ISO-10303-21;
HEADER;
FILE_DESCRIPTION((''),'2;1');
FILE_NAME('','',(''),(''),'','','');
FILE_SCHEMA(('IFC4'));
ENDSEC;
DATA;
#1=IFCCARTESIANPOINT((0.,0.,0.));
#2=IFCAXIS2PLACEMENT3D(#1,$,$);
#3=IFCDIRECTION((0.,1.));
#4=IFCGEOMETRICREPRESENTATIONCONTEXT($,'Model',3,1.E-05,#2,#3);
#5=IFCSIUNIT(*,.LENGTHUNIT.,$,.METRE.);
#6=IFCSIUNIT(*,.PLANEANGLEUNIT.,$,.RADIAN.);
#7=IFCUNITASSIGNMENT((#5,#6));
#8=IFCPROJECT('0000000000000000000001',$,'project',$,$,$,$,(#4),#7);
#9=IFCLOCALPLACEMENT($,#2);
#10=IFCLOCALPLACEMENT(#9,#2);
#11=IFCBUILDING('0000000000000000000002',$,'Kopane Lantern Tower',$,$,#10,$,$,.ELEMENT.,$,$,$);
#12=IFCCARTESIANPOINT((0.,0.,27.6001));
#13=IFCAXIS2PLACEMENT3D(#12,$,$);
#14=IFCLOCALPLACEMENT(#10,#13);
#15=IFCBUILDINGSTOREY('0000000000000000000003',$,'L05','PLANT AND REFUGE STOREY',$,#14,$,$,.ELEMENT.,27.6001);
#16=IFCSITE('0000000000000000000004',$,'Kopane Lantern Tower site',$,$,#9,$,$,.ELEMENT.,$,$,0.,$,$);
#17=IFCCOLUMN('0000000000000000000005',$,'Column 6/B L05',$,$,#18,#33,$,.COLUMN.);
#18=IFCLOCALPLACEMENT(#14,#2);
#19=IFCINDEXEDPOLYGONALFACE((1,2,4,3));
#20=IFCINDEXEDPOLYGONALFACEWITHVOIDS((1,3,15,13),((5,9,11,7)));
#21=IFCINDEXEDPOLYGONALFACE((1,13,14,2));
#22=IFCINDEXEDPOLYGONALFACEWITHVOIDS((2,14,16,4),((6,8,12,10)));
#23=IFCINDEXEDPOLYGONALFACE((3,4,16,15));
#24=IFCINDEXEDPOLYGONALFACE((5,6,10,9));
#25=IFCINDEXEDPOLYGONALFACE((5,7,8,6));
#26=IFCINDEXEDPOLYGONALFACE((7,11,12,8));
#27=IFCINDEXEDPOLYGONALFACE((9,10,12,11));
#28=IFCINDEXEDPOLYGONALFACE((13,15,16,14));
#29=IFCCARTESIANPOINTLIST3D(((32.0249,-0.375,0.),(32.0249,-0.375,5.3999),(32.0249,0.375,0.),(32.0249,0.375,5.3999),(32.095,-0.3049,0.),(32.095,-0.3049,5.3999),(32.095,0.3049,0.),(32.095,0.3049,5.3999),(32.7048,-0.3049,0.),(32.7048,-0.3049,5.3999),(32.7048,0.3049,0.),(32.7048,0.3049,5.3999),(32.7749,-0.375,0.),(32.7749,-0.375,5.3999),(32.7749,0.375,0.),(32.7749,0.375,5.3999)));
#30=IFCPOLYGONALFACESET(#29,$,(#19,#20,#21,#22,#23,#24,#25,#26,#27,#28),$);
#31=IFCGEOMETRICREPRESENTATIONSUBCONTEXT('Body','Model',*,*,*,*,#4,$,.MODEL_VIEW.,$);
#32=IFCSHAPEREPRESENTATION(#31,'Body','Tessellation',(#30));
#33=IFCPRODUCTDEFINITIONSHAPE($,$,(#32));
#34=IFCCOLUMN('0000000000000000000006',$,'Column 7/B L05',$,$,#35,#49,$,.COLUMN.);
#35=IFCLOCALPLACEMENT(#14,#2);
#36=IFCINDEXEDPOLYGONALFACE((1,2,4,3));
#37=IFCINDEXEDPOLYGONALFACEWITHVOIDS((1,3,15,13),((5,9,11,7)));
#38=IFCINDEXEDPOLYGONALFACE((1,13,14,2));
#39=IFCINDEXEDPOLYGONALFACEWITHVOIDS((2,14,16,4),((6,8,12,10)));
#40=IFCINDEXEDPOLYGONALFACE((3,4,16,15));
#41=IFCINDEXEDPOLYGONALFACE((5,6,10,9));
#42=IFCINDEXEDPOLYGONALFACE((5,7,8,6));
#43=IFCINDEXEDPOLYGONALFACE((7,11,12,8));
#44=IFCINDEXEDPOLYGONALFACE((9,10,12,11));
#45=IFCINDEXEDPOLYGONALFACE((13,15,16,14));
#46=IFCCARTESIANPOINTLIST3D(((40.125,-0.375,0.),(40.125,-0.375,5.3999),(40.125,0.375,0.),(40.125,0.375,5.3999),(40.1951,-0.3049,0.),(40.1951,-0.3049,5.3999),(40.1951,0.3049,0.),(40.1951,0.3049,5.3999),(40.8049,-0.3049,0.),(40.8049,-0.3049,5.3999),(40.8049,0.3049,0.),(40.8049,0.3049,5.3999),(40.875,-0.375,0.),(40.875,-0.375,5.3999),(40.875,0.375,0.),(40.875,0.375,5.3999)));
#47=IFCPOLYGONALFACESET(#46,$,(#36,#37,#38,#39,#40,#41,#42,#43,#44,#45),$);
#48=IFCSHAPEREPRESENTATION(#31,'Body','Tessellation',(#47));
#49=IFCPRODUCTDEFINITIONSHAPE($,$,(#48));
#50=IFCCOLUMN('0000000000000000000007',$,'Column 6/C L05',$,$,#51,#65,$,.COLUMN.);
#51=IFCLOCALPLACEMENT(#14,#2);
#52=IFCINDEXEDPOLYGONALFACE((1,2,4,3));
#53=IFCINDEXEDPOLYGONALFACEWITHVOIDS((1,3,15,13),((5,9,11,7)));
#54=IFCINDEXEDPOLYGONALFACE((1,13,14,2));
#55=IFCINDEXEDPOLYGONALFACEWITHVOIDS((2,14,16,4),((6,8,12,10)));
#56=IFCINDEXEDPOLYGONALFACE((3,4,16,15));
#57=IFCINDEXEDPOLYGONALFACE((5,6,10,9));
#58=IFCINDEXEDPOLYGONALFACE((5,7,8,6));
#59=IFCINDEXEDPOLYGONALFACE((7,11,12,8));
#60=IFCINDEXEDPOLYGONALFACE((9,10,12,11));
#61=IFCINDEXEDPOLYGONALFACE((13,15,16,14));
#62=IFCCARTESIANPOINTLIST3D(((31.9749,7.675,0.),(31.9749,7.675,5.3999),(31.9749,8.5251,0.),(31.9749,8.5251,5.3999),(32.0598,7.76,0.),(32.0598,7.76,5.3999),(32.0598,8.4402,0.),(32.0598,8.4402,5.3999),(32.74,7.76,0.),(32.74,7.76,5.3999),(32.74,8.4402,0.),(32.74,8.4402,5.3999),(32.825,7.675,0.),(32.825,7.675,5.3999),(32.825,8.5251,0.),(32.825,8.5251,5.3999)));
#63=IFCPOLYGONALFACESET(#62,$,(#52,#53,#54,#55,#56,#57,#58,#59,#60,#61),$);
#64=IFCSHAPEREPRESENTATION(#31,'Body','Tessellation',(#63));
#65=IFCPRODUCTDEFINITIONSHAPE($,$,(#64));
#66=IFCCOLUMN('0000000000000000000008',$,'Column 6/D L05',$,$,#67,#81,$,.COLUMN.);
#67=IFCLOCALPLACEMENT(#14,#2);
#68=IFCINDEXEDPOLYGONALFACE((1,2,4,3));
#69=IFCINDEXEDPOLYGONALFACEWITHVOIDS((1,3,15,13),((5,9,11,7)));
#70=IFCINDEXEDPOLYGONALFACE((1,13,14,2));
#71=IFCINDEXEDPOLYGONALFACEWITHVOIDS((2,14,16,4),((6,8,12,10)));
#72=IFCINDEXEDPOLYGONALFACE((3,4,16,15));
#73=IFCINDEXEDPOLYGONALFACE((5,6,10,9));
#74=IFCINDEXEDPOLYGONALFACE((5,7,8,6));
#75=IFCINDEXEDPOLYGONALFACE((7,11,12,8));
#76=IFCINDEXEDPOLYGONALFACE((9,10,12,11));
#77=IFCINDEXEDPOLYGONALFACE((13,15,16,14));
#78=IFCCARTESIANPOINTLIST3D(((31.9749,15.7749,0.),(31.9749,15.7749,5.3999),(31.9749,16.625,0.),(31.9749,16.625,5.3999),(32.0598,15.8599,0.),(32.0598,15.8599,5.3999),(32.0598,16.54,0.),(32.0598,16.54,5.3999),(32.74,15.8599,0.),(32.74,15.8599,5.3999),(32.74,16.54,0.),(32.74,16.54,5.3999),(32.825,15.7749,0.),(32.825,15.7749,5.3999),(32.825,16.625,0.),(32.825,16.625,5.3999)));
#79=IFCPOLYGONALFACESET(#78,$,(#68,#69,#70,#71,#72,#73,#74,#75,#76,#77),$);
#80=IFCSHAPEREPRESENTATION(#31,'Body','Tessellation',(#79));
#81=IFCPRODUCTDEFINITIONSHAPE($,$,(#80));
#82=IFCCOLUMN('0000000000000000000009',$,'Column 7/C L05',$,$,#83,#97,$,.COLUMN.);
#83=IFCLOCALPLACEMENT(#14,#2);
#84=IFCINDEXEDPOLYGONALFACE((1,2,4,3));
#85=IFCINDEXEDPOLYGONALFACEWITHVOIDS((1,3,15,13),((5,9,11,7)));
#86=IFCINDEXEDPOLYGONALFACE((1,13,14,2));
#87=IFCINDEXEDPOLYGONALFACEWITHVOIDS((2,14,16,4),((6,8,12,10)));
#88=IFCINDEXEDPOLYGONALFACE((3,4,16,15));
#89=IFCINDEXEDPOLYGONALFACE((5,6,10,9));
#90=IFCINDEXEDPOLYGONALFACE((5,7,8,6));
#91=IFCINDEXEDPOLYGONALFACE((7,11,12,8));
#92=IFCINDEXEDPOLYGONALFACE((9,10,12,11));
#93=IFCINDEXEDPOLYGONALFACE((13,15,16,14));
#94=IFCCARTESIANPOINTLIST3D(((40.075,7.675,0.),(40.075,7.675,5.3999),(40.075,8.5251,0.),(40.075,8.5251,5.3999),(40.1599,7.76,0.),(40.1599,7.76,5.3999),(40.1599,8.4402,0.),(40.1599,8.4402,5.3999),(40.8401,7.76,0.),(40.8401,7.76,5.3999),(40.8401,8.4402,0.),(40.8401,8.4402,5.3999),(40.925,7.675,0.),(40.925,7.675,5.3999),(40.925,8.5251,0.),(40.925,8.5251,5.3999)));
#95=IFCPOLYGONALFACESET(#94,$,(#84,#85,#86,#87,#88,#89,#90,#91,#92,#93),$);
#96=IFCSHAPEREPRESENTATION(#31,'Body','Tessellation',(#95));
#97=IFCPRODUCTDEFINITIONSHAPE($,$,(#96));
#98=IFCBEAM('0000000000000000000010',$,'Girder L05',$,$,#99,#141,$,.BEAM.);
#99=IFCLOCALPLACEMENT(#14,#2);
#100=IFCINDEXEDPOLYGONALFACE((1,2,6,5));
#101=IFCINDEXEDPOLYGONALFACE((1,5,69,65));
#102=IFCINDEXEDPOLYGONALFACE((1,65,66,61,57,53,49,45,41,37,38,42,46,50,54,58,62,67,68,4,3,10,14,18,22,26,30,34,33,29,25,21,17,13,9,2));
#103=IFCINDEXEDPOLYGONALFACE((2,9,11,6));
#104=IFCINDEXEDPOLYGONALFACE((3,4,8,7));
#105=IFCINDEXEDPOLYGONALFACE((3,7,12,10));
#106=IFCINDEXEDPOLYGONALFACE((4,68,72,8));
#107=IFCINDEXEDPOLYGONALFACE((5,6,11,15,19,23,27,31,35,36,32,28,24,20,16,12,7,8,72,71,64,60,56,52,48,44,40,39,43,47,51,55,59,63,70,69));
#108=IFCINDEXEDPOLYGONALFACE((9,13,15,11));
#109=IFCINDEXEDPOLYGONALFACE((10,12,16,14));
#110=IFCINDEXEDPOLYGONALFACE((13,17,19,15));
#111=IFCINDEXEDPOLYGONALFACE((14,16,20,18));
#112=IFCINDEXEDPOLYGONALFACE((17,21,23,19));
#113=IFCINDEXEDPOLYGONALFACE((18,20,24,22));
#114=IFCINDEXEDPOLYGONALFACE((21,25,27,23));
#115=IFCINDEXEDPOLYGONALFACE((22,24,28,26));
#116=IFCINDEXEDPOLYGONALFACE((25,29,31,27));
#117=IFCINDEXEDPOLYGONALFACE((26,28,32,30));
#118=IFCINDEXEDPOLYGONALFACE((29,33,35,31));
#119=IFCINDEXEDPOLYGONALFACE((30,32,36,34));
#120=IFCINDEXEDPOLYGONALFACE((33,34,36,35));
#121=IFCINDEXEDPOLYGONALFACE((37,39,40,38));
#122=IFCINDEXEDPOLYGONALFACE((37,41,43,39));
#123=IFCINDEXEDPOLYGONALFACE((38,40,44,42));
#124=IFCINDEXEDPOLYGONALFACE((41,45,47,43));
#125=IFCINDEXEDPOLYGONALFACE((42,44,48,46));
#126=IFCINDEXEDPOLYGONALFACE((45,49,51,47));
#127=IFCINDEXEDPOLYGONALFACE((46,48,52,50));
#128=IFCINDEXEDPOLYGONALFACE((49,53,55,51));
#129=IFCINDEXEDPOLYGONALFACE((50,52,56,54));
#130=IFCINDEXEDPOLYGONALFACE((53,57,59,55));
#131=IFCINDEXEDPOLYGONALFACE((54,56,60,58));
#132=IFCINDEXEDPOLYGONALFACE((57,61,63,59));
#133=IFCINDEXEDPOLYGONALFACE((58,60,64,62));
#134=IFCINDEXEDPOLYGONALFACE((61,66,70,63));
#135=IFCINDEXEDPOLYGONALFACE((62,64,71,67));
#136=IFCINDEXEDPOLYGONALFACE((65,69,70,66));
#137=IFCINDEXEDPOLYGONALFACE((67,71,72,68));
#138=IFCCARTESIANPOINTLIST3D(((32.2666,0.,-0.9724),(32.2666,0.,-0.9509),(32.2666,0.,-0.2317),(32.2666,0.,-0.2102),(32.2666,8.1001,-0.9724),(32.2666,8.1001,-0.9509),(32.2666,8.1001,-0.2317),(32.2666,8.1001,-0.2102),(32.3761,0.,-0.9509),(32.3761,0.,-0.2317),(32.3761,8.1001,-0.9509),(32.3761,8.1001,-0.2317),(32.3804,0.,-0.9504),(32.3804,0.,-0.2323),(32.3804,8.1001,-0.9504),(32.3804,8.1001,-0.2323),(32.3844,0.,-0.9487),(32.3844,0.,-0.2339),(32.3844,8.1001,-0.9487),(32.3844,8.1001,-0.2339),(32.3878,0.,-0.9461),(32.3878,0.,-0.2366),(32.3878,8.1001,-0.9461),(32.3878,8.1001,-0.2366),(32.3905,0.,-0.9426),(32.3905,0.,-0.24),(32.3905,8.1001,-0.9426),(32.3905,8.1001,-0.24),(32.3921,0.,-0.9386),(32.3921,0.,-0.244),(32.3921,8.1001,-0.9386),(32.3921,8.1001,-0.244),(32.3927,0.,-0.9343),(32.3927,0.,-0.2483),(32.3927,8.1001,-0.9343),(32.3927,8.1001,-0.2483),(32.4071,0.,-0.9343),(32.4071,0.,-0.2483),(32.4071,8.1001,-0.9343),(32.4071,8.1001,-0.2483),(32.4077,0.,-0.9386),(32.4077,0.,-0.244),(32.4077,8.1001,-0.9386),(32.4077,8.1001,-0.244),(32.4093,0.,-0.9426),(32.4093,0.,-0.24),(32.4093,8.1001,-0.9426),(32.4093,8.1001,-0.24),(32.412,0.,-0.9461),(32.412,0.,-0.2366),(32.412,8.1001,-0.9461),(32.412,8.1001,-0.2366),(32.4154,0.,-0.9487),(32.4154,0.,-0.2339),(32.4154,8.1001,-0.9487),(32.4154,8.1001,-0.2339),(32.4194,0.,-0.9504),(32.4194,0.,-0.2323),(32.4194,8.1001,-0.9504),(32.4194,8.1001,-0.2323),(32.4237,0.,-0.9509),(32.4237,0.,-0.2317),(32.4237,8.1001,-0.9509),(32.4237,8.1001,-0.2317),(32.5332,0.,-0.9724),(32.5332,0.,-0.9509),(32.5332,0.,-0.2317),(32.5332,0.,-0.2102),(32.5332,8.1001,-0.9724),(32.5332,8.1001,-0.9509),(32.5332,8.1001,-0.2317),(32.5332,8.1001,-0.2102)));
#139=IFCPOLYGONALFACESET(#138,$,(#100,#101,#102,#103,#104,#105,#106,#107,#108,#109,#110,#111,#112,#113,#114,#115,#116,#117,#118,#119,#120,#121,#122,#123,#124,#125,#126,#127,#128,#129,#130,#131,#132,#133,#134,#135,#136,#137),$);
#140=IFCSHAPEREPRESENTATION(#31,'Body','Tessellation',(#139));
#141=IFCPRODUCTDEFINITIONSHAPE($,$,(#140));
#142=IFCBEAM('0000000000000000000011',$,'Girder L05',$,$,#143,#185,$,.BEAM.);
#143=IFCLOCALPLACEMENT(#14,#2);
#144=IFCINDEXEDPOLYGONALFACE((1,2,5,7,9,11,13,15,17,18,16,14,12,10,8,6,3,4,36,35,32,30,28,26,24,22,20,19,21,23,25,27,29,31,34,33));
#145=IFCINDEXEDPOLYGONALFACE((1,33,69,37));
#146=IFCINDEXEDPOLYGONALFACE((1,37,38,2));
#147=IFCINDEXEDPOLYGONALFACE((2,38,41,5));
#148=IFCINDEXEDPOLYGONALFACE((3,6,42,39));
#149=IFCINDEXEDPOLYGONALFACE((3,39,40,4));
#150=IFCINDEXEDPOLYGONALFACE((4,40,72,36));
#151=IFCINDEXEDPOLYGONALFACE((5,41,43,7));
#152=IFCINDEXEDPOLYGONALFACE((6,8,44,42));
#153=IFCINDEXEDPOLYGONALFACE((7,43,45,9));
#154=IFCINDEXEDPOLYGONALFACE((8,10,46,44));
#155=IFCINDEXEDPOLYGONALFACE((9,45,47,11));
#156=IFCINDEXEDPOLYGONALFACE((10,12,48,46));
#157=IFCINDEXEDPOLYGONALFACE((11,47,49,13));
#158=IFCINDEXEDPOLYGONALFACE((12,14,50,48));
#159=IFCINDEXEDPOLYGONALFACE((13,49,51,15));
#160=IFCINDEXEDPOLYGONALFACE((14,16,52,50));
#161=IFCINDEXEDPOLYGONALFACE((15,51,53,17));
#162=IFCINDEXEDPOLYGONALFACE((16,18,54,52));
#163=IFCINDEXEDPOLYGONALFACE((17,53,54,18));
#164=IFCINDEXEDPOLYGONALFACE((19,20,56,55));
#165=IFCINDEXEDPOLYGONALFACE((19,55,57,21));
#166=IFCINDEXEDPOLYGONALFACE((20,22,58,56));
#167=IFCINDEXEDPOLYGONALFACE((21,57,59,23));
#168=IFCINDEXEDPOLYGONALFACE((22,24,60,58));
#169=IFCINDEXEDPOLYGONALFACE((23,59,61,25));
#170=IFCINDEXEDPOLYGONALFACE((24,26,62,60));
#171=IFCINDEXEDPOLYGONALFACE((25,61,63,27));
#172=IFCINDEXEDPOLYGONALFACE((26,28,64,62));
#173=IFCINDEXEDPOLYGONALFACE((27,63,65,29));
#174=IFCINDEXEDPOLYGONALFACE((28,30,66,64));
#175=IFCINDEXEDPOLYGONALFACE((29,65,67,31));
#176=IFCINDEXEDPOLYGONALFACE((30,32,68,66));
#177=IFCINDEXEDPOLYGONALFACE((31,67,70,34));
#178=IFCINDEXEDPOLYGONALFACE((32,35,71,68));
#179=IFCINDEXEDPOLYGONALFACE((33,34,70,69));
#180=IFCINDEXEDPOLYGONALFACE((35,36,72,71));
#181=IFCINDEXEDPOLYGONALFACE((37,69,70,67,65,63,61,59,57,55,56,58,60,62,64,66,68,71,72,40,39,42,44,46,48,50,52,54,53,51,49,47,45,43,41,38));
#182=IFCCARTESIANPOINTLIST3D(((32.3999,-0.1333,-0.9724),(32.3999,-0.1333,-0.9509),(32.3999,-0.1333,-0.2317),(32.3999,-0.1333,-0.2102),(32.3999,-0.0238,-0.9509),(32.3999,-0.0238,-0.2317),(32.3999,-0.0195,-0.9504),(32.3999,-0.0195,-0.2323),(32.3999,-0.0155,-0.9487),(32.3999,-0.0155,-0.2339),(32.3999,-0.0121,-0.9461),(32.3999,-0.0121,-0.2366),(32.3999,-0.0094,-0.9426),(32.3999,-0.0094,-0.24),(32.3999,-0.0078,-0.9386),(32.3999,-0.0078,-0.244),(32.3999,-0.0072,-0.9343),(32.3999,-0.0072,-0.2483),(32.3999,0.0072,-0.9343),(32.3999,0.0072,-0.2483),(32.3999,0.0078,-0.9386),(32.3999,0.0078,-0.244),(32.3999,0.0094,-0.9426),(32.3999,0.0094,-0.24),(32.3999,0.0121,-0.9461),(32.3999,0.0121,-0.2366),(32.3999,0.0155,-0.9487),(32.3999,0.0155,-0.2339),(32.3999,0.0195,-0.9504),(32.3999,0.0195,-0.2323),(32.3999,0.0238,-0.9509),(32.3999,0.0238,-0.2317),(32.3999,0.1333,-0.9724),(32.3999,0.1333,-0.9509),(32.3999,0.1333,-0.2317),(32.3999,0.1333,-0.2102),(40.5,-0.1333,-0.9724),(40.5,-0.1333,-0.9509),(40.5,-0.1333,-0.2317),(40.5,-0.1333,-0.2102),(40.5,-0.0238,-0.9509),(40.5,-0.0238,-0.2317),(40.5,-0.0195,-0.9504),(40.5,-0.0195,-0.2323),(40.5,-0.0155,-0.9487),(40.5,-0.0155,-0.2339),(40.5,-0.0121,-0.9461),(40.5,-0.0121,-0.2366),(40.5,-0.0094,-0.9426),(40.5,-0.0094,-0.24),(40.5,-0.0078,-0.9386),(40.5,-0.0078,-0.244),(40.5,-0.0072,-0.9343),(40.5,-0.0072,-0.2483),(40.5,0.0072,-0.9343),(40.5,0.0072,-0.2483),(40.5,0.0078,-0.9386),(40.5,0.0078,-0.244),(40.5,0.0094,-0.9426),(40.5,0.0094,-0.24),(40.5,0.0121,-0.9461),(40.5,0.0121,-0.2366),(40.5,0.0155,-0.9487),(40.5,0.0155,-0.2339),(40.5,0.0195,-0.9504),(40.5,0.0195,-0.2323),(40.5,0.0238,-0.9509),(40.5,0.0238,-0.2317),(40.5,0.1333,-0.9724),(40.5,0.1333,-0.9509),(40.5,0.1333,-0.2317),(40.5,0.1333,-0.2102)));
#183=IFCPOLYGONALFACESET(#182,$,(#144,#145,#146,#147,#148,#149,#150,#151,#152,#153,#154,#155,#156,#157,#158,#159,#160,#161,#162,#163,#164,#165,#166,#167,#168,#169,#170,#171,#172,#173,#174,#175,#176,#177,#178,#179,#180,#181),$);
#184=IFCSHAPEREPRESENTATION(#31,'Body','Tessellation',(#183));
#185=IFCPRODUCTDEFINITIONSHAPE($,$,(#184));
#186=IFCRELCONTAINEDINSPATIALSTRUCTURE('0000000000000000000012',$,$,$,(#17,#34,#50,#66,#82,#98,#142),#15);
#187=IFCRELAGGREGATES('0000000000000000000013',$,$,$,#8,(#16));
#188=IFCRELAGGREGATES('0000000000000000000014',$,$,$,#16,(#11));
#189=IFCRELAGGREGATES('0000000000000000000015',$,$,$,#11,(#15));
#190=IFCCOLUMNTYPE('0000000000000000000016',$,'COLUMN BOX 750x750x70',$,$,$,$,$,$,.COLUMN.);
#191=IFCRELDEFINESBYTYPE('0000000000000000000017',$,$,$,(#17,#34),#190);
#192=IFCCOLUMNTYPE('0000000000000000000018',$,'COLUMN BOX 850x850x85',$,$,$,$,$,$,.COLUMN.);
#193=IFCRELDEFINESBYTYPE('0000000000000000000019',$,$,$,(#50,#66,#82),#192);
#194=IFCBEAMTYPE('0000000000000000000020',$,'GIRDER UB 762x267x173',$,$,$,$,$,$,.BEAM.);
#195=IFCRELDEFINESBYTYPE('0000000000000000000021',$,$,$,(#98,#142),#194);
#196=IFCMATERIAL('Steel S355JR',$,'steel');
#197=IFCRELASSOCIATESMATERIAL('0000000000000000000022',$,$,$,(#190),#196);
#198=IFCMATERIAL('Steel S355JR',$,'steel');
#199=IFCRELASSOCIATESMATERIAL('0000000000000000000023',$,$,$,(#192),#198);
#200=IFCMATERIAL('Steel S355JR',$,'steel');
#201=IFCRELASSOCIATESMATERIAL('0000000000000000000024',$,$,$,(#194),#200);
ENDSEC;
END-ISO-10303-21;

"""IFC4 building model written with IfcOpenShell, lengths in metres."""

from ifc_helpers import new_model, si_unit, direction, frame, origin, origin_2d, place, context, subcontext, project, spatial, hollow_rectangle, i_section, extrude, material, material_profile, profile_set, type_object, element, save


model = new_model("IFC4")

# Units and contexts
model_context = context("Model", 3, precision=1e-05, world=origin(), true_north=direction((0.0, 1.0)))
body_context = subcontext(model_context, "Body", "Model", "MODEL_VIEW")
ifc_project = project(units=[si_unit("LENGTHUNIT", "METRE"), si_unit("PLANEANGLEUNIT", "RADIAN")], contexts=[model_context])

# Site, building, storey
site_placement = place(None, origin())
site = spatial("IfcSite", under=ifc_project, at=site_placement, Name="Kopane Lantern Tower site", CompositionType="ELEMENT", RefElevation=0.0)
building_placement = place(site_placement, origin())
building = spatial("IfcBuilding", under=site, at=building_placement, Name="Kopane Lantern Tower", CompositionType="ELEMENT")
storey_placement = place(building_placement, frame((0.0, 0.0, 27.6001)))
storey = spatial("IfcBuildingStorey", under=building, at=storey_placement, Name="L05", Description="PLANT AND REFUGE STOREY", CompositionType="ELEMENT", Elevation=27.6001)

# Columns
ifc_material_1 = material(Name="Steel S355JR", Category="steel")
ifc_material_profile_1 = material_profile(ifc_material_1, hollow_rectangle(XDim=0.75, YDim=0.75, WallThickness=0.0701, at=origin_2d()), Name="BOX 750x750x70")
ifc_profile_set_1 = profile_set([ifc_material_profile_1], Name="Steel S355JR")
column_type_1 = type_object("IfcColumnType", Name="COLUMN BOX 750x750x70", PredefinedType="COLUMN", material=ifc_profile_set_1)
for number, where, z_axis, x_axis, name in (
    (1, (32.3999, 0.0, 0.0), (0.0, 0.0, 1.0), (1.0, 0.0, 0.0), "Column 6/B L05"),
    (2, (40.5, 0.0, 0.0), (0.0, 0.0, 1.0), (1.0, 0.0, 0.0), "Column 7/B L05"),
):
    element("IfcColumn", number, at=place(storey_placement, frame(where, z_axis=z_axis, x_axis=x_axis)), inside=storey, type_object=column_type_1, Name=name, PredefinedType="COLUMN", context=body_context, shape_type="SweptSolid", body=[
        extrude(hollow_rectangle(XDim=0.75, YDim=0.75, WallThickness=0.0701, at=origin_2d()), origin(), (0.0, 0.0, 1.0), 5.3999),
    ])
ifc_material_2 = material(Name="Steel S355JR", Category="steel")
ifc_material_profile_2 = material_profile(ifc_material_2, hollow_rectangle(XDim=0.8501, YDim=0.8501, WallThickness=0.085, at=origin_2d()), Name="BOX 850x850x85")
ifc_profile_set_2 = profile_set([ifc_material_profile_2], Name="Steel S355JR")
column_type_2 = type_object("IfcColumnType", Name="COLUMN BOX 850x850x85", PredefinedType="COLUMN", material=ifc_profile_set_2)
for number, where, z_axis, x_axis, name in (
    (3, (32.3999, 8.1001, 0.0), (0.0, 0.0, 1.0), (1.0, 0.0, 0.0), "Column 6/C L05"),
    (4, (32.3999, 16.2, 0.0), (0.0, 0.0, 1.0), (1.0, 0.0, 0.0), "Column 6/D L05"),
    (5, (40.5, 8.1001, 0.0), (0.0, 0.0, 1.0), (1.0, 0.0, 0.0), "Column 7/C L05"),
):
    element("IfcColumn", number, at=place(storey_placement, frame(where, z_axis=z_axis, x_axis=x_axis)), inside=storey, type_object=column_type_2, Name=name, PredefinedType="COLUMN", context=body_context, shape_type="SweptSolid", body=[
        extrude(hollow_rectangle(XDim=0.8501, YDim=0.8501, WallThickness=0.085, at=origin_2d()), origin(), (0.0, 0.0, 1.0), 5.3999),
    ])

# Beams
ifc_material_3 = material(Name="Steel S355JR", Category="steel")
ifc_material_profile_3 = material_profile(ifc_material_3, i_section(OverallWidth=0.2666, OverallDepth=0.7622, WebThickness=0.0144, FlangeThickness=0.0215, FilletRadius=0.0166, at=origin_2d()), Name="UB 762x267x173")
ifc_profile_set_3 = profile_set([ifc_material_profile_3], Name="Steel S355JR")
beam_type = type_object("IfcBeamType", Name="GIRDER UB 762x267x173", PredefinedType="BEAM", material=ifc_profile_set_3)
for number, where, z_axis, x_axis, name in (
    (6, (32.3999, 0.0, -0.5913), (0.0, 1.0, 0.0), (-1.0, 0.0, 0.0), "Girder L05"),
    (7, (32.3999, 0.0, -0.5913), (1.0, 0.0, 0.0), (0.0, 1.0, 0.0), "Girder L05"),
):
    element("IfcBeam", number, at=place(storey_placement, frame(where, z_axis=z_axis, x_axis=x_axis)), inside=storey, type_object=beam_type, Name=name, PredefinedType="BEAM", context=body_context, shape_type="SweptSolid", body=[
        extrude(i_section(OverallWidth=0.2666, OverallDepth=0.7622, WebThickness=0.0144, FlangeThickness=0.0215, FilletRadius=0.0166, at=origin_2d()), origin(), (0.0, 0.0, 1.0), 8.1001),
    ])

save(model, "model.ifc")
